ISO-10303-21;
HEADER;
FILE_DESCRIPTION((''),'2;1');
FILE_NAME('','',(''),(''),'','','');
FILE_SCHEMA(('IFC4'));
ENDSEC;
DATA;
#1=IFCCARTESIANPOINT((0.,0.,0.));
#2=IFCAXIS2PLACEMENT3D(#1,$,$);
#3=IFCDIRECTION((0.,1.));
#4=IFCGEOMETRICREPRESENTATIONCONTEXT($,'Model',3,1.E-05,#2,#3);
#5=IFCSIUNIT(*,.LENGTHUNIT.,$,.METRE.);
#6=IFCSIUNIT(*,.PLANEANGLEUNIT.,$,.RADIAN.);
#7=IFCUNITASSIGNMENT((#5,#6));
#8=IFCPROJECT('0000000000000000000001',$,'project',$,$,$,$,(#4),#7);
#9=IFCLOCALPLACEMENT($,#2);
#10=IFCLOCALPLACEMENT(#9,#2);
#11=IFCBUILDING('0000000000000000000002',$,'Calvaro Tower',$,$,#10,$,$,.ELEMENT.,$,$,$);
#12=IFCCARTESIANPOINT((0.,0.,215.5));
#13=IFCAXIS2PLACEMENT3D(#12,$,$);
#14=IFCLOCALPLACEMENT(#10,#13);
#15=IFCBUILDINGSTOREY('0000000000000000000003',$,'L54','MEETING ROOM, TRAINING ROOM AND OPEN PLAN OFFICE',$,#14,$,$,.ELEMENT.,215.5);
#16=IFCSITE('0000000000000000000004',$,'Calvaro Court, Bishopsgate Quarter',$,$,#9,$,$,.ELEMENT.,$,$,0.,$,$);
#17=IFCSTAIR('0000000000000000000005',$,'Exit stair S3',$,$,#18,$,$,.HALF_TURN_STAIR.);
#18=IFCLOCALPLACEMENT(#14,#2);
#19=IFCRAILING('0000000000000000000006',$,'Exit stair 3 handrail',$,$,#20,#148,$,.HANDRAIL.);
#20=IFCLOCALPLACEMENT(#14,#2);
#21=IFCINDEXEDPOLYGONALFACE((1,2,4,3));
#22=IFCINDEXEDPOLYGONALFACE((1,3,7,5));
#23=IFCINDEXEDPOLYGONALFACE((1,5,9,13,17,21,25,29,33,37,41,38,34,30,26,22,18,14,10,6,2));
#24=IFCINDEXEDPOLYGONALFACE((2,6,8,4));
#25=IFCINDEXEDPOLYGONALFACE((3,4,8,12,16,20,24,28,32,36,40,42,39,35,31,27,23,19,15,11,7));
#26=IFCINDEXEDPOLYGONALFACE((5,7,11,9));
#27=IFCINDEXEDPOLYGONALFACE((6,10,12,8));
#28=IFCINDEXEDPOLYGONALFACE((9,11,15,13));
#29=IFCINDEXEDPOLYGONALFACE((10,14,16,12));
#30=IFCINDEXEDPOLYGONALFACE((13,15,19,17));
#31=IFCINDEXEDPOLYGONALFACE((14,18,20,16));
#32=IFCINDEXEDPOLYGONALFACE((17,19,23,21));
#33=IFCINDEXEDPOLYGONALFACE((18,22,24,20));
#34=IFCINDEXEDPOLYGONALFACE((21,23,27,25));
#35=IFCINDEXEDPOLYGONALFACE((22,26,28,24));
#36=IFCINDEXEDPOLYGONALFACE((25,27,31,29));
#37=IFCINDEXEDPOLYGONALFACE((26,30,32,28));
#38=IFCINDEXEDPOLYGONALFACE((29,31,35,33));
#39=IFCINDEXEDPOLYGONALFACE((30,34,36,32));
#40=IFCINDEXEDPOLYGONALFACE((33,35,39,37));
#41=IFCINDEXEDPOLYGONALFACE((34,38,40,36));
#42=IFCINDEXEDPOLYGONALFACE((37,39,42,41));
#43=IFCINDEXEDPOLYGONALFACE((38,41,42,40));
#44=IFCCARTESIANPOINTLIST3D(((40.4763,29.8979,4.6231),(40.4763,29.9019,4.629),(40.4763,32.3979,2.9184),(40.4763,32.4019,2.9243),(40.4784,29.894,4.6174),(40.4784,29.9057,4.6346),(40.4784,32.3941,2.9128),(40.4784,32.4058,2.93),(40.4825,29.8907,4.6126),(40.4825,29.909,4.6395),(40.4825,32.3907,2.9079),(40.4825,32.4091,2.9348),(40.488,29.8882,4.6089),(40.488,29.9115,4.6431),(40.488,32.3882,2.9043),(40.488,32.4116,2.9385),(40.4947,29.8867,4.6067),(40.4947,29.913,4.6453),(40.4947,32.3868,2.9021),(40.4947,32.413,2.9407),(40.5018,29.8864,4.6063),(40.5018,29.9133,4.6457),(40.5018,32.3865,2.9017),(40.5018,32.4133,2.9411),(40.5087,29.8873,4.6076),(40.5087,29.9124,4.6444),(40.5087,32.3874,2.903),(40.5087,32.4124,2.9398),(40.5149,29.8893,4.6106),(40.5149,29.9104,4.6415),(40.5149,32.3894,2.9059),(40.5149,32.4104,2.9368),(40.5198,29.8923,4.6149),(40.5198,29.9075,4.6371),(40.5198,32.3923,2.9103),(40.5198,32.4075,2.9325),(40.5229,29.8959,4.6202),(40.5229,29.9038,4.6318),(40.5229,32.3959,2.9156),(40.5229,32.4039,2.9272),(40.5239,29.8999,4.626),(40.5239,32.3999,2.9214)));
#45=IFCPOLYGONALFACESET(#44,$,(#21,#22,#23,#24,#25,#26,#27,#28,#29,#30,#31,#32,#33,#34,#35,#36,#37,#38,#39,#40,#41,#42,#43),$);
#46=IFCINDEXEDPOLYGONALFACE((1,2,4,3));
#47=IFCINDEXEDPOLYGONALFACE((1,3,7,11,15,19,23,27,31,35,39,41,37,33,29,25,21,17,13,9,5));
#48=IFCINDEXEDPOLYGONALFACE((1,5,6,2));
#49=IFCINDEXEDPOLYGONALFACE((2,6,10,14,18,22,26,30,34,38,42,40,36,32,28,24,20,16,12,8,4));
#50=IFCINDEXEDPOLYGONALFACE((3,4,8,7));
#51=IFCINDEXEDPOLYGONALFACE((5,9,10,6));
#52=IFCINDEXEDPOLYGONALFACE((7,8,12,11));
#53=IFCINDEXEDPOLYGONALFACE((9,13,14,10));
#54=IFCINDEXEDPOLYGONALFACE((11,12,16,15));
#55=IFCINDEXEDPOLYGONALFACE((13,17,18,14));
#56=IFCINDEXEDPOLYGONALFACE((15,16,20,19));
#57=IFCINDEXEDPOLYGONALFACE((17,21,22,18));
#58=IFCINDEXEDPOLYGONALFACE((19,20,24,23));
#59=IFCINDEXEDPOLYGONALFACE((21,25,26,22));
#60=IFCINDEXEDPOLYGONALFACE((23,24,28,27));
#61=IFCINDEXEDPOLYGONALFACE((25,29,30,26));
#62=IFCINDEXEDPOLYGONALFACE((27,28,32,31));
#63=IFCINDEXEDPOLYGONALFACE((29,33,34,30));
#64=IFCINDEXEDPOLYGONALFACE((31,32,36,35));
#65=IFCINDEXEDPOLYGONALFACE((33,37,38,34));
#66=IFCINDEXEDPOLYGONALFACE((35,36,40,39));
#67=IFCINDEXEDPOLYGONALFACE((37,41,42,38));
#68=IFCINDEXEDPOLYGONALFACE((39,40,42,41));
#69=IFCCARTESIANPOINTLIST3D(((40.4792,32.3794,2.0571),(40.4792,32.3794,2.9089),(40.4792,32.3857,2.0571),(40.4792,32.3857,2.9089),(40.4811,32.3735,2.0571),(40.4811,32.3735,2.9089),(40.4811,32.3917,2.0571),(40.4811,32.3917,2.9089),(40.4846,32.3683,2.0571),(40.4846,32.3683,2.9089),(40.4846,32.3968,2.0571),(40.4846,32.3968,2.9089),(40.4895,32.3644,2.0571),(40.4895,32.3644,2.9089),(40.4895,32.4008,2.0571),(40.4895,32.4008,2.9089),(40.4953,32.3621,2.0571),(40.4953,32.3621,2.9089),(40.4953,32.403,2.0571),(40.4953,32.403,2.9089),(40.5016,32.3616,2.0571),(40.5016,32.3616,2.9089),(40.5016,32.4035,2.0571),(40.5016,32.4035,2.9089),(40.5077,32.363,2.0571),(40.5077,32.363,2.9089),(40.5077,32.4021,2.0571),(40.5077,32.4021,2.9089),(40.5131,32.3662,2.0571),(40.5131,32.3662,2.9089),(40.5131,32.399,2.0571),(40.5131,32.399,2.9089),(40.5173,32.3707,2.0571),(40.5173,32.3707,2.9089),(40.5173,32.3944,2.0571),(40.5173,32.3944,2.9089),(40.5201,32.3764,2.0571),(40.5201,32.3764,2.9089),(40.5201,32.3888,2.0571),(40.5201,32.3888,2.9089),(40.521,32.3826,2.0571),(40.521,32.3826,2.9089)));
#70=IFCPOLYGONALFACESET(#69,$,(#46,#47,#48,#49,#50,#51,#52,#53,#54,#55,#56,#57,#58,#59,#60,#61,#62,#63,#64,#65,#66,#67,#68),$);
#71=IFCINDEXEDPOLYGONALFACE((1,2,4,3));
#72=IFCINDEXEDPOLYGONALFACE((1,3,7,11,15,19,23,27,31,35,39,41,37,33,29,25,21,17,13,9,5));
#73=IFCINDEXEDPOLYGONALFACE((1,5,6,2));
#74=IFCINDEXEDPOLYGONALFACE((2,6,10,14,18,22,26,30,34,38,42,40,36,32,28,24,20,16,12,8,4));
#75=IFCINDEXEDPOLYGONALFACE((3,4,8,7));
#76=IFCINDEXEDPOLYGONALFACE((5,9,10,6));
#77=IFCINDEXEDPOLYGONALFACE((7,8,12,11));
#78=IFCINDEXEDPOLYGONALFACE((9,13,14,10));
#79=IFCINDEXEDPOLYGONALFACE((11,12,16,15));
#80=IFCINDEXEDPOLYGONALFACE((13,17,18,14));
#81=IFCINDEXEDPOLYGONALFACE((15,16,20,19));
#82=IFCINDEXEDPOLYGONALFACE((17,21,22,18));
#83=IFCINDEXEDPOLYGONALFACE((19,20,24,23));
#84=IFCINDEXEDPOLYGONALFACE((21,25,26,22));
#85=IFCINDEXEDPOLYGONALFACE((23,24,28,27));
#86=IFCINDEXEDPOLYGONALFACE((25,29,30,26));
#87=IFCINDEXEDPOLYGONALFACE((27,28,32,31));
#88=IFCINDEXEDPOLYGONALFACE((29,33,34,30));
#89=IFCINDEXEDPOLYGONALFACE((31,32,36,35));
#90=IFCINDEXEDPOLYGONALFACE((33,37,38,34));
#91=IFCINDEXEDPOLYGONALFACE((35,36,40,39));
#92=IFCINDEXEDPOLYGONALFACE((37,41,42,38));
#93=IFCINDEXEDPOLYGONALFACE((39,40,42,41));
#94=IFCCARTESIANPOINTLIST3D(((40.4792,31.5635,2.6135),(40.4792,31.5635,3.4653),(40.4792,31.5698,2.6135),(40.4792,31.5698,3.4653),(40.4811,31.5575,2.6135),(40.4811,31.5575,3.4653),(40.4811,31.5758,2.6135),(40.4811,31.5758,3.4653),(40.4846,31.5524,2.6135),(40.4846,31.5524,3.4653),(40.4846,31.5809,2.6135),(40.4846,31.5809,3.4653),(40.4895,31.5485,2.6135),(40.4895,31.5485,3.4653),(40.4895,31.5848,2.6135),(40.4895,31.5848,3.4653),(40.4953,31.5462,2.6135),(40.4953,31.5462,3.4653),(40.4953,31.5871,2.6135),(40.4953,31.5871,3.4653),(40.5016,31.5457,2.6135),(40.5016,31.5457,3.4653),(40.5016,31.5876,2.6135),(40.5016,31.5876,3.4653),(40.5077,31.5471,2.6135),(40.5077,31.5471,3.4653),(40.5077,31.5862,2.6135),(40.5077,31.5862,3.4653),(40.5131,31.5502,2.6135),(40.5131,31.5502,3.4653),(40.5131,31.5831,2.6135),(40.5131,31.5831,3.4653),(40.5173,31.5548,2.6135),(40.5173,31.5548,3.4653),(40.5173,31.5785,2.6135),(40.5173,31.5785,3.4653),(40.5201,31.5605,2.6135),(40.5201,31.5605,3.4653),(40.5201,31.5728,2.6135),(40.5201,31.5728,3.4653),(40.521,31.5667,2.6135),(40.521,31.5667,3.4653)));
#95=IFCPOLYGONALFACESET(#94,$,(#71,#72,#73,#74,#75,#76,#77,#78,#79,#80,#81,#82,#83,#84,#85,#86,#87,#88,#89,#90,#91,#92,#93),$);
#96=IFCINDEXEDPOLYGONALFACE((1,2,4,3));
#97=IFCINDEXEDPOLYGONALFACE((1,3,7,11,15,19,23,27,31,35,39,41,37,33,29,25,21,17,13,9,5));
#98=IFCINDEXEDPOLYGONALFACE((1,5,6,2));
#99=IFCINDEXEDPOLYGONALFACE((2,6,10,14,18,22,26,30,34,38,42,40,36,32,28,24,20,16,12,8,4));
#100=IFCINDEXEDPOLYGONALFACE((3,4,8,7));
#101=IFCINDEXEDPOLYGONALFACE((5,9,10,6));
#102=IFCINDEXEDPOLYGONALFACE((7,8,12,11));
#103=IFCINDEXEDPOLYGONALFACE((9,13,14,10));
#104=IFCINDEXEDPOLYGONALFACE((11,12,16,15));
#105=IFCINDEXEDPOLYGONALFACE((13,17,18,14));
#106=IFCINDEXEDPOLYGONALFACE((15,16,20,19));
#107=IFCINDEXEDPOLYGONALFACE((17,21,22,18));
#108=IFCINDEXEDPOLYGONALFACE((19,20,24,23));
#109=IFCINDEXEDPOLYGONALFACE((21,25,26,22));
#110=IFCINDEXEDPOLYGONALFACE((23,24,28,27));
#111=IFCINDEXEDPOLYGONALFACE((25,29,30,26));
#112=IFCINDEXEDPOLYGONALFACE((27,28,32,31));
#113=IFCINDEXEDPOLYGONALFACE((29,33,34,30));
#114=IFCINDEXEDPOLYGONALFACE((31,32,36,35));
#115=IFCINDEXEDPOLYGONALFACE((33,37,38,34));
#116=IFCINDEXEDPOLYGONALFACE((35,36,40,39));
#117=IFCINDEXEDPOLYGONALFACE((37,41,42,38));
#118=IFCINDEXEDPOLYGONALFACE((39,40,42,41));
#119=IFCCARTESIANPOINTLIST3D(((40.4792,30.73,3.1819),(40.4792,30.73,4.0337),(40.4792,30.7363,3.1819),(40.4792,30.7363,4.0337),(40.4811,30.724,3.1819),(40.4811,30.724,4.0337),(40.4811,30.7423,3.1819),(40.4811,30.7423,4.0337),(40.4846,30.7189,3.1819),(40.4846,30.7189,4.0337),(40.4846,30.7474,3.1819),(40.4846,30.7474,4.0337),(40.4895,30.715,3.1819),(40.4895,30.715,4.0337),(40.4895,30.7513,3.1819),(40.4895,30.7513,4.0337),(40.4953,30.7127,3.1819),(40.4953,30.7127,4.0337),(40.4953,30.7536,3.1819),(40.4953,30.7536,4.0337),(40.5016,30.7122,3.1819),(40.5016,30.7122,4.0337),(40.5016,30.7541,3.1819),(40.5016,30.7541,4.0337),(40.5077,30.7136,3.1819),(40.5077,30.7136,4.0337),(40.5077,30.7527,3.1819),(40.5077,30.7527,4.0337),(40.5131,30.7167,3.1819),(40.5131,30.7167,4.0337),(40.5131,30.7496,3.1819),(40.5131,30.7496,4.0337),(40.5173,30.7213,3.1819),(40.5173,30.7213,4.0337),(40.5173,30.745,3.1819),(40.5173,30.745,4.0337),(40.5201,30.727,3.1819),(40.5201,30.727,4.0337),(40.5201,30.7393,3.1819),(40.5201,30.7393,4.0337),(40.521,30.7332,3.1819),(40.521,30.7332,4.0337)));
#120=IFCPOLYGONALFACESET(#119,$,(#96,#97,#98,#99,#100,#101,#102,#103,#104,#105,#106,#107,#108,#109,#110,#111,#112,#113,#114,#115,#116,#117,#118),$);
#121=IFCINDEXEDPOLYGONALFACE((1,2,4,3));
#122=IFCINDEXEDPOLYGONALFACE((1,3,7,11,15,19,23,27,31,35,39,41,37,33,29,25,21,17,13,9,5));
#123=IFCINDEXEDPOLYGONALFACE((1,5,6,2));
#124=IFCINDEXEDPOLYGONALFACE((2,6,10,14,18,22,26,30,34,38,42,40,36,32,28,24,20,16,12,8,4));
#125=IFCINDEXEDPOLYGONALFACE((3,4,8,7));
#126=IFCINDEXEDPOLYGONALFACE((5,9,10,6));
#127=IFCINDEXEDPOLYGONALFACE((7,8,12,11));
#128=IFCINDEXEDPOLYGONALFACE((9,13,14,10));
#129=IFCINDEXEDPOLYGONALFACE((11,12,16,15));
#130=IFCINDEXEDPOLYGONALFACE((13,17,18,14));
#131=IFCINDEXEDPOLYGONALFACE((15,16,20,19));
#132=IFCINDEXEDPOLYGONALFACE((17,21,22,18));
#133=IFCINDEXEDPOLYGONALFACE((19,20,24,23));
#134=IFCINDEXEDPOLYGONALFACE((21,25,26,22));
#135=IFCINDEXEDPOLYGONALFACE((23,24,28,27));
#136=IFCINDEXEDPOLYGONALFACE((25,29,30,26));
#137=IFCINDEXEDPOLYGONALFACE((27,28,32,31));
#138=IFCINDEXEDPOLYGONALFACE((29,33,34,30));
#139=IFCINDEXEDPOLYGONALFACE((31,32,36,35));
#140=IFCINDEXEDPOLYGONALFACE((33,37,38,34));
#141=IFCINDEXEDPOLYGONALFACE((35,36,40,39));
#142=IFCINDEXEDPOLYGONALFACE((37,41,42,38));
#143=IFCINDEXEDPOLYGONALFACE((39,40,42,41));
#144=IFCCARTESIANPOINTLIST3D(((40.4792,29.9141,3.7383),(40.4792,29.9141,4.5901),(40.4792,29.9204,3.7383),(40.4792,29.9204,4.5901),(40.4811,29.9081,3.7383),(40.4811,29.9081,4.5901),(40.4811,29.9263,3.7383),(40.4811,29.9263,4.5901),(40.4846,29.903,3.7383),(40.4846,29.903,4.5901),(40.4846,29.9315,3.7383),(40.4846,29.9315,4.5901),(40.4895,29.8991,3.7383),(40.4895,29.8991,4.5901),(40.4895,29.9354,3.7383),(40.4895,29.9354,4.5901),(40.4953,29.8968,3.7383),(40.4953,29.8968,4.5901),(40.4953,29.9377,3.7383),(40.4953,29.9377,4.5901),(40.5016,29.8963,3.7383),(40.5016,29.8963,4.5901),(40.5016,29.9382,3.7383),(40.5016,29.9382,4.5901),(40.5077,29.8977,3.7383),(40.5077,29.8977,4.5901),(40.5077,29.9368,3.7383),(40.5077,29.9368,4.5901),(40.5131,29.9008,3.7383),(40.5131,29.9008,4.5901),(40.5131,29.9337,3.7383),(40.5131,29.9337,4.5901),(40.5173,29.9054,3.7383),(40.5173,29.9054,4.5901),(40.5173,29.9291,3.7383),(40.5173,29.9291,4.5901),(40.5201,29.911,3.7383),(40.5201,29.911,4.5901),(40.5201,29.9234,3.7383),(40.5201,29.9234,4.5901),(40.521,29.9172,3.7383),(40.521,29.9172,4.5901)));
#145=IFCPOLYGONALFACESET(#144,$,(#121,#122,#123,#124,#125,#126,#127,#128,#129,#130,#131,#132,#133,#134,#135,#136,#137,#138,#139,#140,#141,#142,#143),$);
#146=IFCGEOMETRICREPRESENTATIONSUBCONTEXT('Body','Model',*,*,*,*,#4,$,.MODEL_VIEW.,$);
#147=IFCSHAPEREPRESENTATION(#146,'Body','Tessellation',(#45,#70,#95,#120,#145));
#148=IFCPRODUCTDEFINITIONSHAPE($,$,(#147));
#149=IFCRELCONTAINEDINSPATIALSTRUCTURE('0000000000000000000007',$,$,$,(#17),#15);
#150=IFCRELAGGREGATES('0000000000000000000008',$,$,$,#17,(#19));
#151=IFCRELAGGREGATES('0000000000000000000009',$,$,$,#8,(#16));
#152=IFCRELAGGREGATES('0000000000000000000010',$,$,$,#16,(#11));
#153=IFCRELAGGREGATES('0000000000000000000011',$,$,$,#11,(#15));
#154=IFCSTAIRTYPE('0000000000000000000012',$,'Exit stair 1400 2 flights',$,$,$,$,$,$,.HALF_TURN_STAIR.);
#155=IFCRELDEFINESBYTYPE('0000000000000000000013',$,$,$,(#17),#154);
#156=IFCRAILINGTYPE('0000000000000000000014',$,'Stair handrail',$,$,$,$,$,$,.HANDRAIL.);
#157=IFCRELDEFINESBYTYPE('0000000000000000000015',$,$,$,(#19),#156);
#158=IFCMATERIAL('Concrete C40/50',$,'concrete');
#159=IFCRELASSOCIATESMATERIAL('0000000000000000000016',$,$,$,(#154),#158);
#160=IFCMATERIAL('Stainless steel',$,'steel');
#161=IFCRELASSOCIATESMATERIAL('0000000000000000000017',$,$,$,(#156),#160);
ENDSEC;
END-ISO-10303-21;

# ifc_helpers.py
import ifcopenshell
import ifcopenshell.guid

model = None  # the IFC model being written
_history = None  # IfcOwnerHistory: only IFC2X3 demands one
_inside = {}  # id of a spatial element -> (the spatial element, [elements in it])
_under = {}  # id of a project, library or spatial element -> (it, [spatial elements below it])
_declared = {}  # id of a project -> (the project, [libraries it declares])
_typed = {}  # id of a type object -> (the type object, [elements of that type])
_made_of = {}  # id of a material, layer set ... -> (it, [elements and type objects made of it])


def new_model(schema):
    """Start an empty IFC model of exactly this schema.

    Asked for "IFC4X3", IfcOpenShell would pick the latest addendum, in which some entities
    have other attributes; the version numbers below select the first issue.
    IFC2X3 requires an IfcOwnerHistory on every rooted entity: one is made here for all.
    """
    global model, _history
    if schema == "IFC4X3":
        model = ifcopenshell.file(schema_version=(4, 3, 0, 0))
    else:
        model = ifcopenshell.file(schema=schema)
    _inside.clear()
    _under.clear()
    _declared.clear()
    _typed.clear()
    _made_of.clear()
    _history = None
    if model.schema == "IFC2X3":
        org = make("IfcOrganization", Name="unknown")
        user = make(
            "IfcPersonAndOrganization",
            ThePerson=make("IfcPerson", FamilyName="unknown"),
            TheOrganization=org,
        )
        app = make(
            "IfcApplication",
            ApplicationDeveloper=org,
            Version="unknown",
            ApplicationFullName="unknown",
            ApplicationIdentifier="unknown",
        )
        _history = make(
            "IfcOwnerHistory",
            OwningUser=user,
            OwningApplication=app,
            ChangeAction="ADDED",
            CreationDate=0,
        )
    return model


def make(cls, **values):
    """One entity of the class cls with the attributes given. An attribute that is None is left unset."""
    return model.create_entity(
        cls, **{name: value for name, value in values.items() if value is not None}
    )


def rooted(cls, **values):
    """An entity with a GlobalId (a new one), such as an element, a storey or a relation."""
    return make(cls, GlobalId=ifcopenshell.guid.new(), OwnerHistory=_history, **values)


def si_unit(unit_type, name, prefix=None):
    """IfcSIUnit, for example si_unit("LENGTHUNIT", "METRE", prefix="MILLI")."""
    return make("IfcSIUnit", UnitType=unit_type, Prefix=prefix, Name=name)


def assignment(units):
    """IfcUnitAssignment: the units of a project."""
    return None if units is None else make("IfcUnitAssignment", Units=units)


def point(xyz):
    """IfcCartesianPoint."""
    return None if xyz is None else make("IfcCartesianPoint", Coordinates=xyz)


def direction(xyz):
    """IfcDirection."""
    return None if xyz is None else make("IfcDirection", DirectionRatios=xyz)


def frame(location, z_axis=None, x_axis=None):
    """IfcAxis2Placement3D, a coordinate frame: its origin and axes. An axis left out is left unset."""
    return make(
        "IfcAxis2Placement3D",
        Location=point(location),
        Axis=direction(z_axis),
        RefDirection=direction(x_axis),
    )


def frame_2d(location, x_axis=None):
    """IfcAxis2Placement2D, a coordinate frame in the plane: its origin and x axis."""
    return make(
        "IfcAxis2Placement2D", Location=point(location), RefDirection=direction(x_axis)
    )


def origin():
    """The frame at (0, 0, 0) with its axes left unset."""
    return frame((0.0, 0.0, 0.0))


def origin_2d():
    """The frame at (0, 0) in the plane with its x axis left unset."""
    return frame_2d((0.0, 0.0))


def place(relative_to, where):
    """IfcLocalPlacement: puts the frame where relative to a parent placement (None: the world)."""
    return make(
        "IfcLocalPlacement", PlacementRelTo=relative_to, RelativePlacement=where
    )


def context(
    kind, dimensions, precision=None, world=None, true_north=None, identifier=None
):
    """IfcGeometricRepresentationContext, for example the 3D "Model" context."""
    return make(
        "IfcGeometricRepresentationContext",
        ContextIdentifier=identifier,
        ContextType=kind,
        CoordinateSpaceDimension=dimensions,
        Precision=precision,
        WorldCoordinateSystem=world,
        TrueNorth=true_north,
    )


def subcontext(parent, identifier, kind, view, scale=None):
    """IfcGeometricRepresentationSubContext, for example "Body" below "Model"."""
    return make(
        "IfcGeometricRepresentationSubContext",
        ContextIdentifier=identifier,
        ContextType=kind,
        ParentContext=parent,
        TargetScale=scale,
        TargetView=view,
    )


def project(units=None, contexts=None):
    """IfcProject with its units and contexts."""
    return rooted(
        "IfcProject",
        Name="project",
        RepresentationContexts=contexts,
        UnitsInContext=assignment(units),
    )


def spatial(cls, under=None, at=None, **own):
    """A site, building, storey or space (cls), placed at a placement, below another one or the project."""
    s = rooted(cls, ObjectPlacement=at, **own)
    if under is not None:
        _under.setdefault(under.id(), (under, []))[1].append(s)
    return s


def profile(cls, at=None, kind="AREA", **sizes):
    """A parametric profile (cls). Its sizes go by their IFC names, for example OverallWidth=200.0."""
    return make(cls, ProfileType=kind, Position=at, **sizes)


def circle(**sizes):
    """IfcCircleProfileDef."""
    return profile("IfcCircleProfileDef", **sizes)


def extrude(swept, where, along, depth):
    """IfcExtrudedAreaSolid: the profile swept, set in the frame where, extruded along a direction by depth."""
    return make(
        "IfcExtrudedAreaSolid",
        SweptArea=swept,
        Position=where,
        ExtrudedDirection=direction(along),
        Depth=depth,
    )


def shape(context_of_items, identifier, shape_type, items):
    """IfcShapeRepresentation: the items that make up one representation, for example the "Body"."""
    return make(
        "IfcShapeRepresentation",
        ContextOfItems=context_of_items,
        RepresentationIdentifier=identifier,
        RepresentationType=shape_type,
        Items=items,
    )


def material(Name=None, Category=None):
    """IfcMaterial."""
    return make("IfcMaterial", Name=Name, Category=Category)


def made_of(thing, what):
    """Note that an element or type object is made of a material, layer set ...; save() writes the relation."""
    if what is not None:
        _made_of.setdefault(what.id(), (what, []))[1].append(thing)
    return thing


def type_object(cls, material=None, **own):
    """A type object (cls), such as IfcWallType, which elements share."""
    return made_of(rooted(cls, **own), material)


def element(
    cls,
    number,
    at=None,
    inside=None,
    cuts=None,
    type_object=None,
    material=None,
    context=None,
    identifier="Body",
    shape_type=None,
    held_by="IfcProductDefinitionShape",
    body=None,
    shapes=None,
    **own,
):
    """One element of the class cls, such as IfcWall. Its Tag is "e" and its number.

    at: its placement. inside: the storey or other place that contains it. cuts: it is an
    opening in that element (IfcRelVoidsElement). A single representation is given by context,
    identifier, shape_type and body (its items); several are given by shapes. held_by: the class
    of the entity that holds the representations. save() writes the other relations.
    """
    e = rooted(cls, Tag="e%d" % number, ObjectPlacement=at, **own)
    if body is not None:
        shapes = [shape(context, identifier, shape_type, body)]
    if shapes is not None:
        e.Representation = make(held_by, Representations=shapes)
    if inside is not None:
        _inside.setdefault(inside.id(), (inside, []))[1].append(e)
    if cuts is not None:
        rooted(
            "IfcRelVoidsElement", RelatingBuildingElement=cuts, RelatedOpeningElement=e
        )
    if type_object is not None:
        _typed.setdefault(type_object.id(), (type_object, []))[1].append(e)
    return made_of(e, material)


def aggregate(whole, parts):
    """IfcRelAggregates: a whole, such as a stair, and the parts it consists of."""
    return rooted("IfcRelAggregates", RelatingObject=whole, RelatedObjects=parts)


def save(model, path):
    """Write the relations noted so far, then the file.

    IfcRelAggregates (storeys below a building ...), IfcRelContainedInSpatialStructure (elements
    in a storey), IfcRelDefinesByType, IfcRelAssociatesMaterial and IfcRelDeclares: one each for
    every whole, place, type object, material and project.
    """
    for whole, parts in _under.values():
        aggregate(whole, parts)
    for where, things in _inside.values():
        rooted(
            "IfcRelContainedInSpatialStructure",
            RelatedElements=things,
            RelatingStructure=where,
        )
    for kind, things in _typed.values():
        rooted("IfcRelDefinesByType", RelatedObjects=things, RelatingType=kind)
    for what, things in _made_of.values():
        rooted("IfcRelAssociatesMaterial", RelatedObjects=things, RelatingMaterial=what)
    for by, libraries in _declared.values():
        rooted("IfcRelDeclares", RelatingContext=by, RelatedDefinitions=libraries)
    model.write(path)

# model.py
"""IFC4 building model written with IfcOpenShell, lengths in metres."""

from ifc_helpers import new_model, si_unit, direction, frame, origin, origin_2d, place, context, subcontext, project, spatial, circle, extrude, material, type_object, element, aggregate, save


model = new_model("IFC4")

# Units and contexts
model_context = context("Model", 3, precision=1e-05, world=origin(), true_north=direction((0.0, 1.0)))
body_context = subcontext(model_context, "Body", "Model", "MODEL_VIEW")
ifc_project = project(units=[si_unit("LENGTHUNIT", "METRE"), si_unit("PLANEANGLEUNIT", "RADIAN")], contexts=[model_context])

# Site, building, storey
site_placement = place(None, origin())
site = spatial("IfcSite", under=ifc_project, at=site_placement, Name="Calvaro Court, Bishopsgate Quarter", CompositionType="ELEMENT", RefElevation=0.0)
building_placement = place(site_placement, origin())
building = spatial("IfcBuilding", under=site, at=building_placement, Name="Calvaro Tower", CompositionType="ELEMENT")
storey_placement = place(building_placement, frame((0.0, 0.0, 215.5)))
storey = spatial("IfcBuildingStorey", under=building, at=storey_placement, Name="L54", Description="MEETING ROOM, TRAINING ROOM AND OPEN PLAN OFFICE", CompositionType="ELEMENT", Elevation=215.5)

# Stair
ifc_material_1 = material(Name="Concrete C40/50", Category="concrete")
stair_type = type_object("IfcStairType", Name="Exit stair 1400 2 flights", PredefinedType="HALF_TURN_STAIR", material=ifc_material_1)
stair_1_placement = place(storey_placement, origin())
stair_1 = element("IfcStair", 1, at=stair_1_placement, inside=storey, type_object=stair_type, Name="Exit stair S3", PredefinedType="HALF_TURN_STAIR")

# Railing
ifc_material_2 = material(Name="Stainless steel", Category="steel")
railing_type = type_object("IfcRailingType", Name="Stair handrail", PredefinedType="HANDRAIL", material=ifc_material_2)
railing_1_placement = place(storey_placement, frame((40.5, 32.3999, 2.0454)))
railing_1 = element("IfcRailing", 2, at=railing_1_placement, type_object=railing_type, Name="Exit stair 3 handrail", PredefinedType="HANDRAIL", context=body_context, shape_type="SweptSolid", body=[
    extrude(circle(Radius=0.0239, at=origin_2d()), frame((0.0, 0.0, 0.876), z_axis=(0.0, -0.826221, 0.563347), x_axis=(1.0, 0.0, 0.0)), (0.0, 0.0, 1.0), 3.0259),
    extrude(circle(Radius=0.021, at=origin_2d()), frame((0.0, -0.0173, 0.0117)), (0.0, 0.0, 1.0), 0.8518),
    extrude(circle(Radius=0.021, at=origin_2d()), frame((0.0, -0.8333, 0.5681)), (0.0, 0.0, 1.0), 0.8518),
    extrude(circle(Radius=0.021, at=origin_2d()), frame((0.0, -1.6667, 1.1365)), (0.0, 0.0, 1.0), 0.8518),
    extrude(circle(Radius=0.021, at=origin_2d()), frame((0.0, -2.4827, 1.6929)), (0.0, 0.0, 1.0), 0.8518),
])
aggregate(stair_1, [railing_1])

save(model, "model.ifc")
